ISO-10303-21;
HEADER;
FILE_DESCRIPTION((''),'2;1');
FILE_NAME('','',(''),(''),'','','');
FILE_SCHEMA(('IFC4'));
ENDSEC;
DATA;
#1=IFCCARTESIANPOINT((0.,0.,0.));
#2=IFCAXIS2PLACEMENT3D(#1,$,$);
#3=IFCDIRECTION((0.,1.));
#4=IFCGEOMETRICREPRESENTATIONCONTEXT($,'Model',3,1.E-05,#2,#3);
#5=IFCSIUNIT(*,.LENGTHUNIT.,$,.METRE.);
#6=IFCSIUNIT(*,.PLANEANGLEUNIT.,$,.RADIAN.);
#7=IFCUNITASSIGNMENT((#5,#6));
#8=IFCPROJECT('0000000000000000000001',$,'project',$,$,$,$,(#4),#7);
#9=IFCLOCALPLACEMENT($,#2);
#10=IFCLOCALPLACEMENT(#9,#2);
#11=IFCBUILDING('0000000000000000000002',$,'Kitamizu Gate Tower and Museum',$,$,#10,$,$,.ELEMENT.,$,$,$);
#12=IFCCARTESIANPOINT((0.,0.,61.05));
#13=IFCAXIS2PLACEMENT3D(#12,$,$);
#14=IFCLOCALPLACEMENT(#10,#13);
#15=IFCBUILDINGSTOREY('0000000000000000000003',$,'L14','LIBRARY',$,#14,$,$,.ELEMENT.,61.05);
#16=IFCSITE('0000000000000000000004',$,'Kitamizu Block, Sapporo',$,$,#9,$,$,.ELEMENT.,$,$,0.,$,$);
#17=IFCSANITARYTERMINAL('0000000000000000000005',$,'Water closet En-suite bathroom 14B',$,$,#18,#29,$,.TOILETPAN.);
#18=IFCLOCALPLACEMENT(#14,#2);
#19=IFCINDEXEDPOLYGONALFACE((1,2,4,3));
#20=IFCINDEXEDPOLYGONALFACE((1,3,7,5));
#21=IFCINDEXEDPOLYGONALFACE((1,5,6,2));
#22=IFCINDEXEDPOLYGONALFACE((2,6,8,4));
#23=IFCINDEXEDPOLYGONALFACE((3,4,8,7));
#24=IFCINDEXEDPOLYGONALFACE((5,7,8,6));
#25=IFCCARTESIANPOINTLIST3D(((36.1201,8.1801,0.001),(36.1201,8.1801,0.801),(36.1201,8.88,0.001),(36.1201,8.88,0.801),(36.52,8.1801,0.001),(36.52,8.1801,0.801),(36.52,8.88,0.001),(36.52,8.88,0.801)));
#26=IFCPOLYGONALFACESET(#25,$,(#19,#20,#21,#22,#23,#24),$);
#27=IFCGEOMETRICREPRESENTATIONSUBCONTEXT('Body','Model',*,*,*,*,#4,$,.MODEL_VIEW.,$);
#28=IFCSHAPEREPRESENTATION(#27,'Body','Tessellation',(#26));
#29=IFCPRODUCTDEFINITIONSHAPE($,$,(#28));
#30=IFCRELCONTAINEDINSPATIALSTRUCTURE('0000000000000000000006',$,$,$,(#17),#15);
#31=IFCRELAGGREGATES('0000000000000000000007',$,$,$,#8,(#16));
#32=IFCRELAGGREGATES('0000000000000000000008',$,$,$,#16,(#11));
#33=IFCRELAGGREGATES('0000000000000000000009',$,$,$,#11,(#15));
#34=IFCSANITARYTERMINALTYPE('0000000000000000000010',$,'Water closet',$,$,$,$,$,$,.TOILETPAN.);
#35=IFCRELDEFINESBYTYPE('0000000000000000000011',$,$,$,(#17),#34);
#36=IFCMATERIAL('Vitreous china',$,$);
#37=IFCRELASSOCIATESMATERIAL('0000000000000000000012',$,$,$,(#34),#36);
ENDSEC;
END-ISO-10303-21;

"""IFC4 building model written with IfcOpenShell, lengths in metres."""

from ifc_helpers import new_model, si_unit, direction, frame, origin, origin_2d, place, context, subcontext, project, spatial, rectangle, extrude, material, type_object, element, save


model = new_model("IFC4")

# Units and contexts
model_context = context("Model", 3, precision=1e-05, world=origin(), true_north=direction((0.0, 1.0)))
body_context = subcontext(model_context, "Body", "Model", "MODEL_VIEW")
ifc_project = project(units=[si_unit("LENGTHUNIT", "METRE"), si_unit("PLANEANGLEUNIT", "RADIAN")], contexts=[model_context])

# Site, building, storey
site_placement = place(None, origin())
site = spatial("IfcSite", under=ifc_project, at=site_placement, Name="Kitamizu Block, Sapporo", CompositionType="ELEMENT", RefElevation=0.0)
building_placement = place(site_placement, origin())
building = spatial("IfcBuilding", under=site, at=building_placement, Name="Kitamizu Gate Tower and Museum", CompositionType="ELEMENT")
storey_placement = place(building_placement, frame((0.0, 0.0, 61.05)))
storey = spatial("IfcBuildingStorey", under=building, at=storey_placement, Name="L14", Description="LIBRARY", CompositionType="ELEMENT", Elevation=61.05)

# Sanitary terminal
ifc_material_1 = material(Name="Vitreous china")
sanitary_terminal_type_1 = type_object("IfcSanitaryTerminalType", Name="Water closet", PredefinedType="TOILETPAN", material=ifc_material_1)
sanitary_terminal_1_placement = place(storey_placement, frame((36.3201, 8.53, 0.001), z_axis=(0.0, 0.0, 1.0), x_axis=(1.0, 0.0, 0.0)))
element("IfcSanitaryTerminal", 1, at=sanitary_terminal_1_placement, inside=storey, type_object=sanitary_terminal_type_1, Name="Water closet En-suite bathroom 14B", PredefinedType="TOILETPAN", context=body_context, shape_type="SweptSolid", body=[
    extrude(rectangle(XDim=0.3999, YDim=0.7, at=origin_2d()), origin(), (0.0, 0.0, 1.0), 0.8),
])

save(model, "model.ifc")
